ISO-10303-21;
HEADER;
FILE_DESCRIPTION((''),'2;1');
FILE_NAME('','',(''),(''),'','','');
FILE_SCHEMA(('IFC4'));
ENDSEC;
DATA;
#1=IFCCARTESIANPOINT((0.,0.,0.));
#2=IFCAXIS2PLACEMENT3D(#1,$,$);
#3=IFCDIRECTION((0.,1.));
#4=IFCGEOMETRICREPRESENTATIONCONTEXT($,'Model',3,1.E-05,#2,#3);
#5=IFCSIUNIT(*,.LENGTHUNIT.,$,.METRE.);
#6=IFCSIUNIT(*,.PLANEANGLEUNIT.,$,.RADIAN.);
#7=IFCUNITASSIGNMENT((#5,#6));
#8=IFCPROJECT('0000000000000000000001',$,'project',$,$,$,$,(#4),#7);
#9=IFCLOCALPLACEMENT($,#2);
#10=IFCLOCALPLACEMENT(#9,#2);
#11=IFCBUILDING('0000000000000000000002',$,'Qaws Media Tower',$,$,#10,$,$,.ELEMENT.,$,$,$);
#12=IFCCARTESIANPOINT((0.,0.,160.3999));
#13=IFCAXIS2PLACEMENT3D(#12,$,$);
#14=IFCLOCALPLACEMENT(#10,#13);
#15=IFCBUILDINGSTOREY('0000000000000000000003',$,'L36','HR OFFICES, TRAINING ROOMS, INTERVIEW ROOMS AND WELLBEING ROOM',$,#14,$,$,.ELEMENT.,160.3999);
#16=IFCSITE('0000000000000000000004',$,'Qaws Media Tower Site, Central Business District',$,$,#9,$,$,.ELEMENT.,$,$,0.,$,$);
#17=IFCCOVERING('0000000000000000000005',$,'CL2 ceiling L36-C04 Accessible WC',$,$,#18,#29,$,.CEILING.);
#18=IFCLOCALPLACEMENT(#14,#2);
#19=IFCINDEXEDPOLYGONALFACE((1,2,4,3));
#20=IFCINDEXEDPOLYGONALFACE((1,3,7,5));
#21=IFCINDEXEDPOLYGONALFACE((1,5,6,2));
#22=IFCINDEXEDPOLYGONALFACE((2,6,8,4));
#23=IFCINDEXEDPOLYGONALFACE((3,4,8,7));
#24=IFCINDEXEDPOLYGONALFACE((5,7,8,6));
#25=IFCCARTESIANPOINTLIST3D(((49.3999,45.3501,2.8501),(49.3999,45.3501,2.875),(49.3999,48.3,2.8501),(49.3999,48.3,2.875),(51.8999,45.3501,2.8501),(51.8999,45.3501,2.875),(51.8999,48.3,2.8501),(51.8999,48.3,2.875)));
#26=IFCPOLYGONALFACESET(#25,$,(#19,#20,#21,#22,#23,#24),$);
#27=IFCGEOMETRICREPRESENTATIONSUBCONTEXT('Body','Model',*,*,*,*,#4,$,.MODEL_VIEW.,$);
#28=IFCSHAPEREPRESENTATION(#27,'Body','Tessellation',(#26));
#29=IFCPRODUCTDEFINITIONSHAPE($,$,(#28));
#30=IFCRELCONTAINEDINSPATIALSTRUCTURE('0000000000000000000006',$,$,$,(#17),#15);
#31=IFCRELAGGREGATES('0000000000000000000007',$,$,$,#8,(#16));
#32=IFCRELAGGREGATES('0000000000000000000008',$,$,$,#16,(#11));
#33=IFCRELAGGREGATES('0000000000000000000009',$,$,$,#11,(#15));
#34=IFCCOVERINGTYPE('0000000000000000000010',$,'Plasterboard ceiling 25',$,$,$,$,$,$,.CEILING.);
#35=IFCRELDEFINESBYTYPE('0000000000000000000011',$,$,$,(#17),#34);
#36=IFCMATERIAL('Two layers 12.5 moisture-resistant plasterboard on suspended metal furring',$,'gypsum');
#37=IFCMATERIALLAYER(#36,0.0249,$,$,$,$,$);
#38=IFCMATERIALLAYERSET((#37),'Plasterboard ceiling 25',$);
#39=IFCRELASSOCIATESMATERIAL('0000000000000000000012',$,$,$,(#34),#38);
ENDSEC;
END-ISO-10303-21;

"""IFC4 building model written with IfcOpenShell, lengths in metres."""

from ifc_helpers import new_model, si_unit, direction, frame, origin, place, context, subcontext, project, spatial, polyline, outline, extrude, material, layer, layer_set, type_object, element, save


model = new_model("IFC4")

# Units and contexts
model_context = context("Model", 3, precision=1e-05, world=origin(), true_north=direction((0.0, 1.0)))
body_context = subcontext(model_context, "Body", "Model", "MODEL_VIEW")
ifc_project = project(units=[si_unit("LENGTHUNIT", "METRE"), si_unit("PLANEANGLEUNIT", "RADIAN")], contexts=[model_context])

# Site, building, storey
site_placement = place(None, origin())
site = spatial("IfcSite", under=ifc_project, at=site_placement, Name="Qaws Media Tower Site, Central Business District", CompositionType="ELEMENT", RefElevation=0.0)
building_placement = place(site_placement, origin())
building = spatial("IfcBuilding", under=site, at=building_placement, Name="Qaws Media Tower", CompositionType="ELEMENT")
storey_placement = place(building_placement, frame((0.0, 0.0, 160.3999)))
storey = spatial("IfcBuildingStorey", under=building, at=storey_placement, Name="L36", Description="HR OFFICES, TRAINING ROOMS, INTERVIEW ROOMS AND WELLBEING ROOM", CompositionType="ELEMENT", Elevation=160.3999)

# Covering
ifc_material_1 = material(Name="Two layers 12.5 moisture-resistant plasterboard on suspended metal furring", Category="gypsum")
ifc_layer_1 = layer(ifc_material_1, 0.0249)
ifc_layer_set_1 = layer_set([ifc_layer_1], Name="Plasterboard ceiling 25")
covering_type_1 = type_object("IfcCoveringType", Name="Plasterboard ceiling 25", PredefinedType="CEILING", material=ifc_layer_set_1)
covering_1_placement = place(storey_placement, frame((0.0, 0.0, 2.8501)))
element("IfcCovering", 1, at=covering_1_placement, inside=storey, type_object=covering_type_1, Name="CL2 ceiling L36-C04 Accessible WC", PredefinedType="CEILING", context=body_context, shape_type="SweptSolid", body=[
    extrude(outline(polyline([(49.3999, 45.3501), (49.3999, 48.3), (51.8999, 48.3), (51.8999, 45.3501), (49.3999, 45.3501)])), origin(), (0.0, 0.0, 1.0), 0.0249),
])

save(model, "model.ifc")
